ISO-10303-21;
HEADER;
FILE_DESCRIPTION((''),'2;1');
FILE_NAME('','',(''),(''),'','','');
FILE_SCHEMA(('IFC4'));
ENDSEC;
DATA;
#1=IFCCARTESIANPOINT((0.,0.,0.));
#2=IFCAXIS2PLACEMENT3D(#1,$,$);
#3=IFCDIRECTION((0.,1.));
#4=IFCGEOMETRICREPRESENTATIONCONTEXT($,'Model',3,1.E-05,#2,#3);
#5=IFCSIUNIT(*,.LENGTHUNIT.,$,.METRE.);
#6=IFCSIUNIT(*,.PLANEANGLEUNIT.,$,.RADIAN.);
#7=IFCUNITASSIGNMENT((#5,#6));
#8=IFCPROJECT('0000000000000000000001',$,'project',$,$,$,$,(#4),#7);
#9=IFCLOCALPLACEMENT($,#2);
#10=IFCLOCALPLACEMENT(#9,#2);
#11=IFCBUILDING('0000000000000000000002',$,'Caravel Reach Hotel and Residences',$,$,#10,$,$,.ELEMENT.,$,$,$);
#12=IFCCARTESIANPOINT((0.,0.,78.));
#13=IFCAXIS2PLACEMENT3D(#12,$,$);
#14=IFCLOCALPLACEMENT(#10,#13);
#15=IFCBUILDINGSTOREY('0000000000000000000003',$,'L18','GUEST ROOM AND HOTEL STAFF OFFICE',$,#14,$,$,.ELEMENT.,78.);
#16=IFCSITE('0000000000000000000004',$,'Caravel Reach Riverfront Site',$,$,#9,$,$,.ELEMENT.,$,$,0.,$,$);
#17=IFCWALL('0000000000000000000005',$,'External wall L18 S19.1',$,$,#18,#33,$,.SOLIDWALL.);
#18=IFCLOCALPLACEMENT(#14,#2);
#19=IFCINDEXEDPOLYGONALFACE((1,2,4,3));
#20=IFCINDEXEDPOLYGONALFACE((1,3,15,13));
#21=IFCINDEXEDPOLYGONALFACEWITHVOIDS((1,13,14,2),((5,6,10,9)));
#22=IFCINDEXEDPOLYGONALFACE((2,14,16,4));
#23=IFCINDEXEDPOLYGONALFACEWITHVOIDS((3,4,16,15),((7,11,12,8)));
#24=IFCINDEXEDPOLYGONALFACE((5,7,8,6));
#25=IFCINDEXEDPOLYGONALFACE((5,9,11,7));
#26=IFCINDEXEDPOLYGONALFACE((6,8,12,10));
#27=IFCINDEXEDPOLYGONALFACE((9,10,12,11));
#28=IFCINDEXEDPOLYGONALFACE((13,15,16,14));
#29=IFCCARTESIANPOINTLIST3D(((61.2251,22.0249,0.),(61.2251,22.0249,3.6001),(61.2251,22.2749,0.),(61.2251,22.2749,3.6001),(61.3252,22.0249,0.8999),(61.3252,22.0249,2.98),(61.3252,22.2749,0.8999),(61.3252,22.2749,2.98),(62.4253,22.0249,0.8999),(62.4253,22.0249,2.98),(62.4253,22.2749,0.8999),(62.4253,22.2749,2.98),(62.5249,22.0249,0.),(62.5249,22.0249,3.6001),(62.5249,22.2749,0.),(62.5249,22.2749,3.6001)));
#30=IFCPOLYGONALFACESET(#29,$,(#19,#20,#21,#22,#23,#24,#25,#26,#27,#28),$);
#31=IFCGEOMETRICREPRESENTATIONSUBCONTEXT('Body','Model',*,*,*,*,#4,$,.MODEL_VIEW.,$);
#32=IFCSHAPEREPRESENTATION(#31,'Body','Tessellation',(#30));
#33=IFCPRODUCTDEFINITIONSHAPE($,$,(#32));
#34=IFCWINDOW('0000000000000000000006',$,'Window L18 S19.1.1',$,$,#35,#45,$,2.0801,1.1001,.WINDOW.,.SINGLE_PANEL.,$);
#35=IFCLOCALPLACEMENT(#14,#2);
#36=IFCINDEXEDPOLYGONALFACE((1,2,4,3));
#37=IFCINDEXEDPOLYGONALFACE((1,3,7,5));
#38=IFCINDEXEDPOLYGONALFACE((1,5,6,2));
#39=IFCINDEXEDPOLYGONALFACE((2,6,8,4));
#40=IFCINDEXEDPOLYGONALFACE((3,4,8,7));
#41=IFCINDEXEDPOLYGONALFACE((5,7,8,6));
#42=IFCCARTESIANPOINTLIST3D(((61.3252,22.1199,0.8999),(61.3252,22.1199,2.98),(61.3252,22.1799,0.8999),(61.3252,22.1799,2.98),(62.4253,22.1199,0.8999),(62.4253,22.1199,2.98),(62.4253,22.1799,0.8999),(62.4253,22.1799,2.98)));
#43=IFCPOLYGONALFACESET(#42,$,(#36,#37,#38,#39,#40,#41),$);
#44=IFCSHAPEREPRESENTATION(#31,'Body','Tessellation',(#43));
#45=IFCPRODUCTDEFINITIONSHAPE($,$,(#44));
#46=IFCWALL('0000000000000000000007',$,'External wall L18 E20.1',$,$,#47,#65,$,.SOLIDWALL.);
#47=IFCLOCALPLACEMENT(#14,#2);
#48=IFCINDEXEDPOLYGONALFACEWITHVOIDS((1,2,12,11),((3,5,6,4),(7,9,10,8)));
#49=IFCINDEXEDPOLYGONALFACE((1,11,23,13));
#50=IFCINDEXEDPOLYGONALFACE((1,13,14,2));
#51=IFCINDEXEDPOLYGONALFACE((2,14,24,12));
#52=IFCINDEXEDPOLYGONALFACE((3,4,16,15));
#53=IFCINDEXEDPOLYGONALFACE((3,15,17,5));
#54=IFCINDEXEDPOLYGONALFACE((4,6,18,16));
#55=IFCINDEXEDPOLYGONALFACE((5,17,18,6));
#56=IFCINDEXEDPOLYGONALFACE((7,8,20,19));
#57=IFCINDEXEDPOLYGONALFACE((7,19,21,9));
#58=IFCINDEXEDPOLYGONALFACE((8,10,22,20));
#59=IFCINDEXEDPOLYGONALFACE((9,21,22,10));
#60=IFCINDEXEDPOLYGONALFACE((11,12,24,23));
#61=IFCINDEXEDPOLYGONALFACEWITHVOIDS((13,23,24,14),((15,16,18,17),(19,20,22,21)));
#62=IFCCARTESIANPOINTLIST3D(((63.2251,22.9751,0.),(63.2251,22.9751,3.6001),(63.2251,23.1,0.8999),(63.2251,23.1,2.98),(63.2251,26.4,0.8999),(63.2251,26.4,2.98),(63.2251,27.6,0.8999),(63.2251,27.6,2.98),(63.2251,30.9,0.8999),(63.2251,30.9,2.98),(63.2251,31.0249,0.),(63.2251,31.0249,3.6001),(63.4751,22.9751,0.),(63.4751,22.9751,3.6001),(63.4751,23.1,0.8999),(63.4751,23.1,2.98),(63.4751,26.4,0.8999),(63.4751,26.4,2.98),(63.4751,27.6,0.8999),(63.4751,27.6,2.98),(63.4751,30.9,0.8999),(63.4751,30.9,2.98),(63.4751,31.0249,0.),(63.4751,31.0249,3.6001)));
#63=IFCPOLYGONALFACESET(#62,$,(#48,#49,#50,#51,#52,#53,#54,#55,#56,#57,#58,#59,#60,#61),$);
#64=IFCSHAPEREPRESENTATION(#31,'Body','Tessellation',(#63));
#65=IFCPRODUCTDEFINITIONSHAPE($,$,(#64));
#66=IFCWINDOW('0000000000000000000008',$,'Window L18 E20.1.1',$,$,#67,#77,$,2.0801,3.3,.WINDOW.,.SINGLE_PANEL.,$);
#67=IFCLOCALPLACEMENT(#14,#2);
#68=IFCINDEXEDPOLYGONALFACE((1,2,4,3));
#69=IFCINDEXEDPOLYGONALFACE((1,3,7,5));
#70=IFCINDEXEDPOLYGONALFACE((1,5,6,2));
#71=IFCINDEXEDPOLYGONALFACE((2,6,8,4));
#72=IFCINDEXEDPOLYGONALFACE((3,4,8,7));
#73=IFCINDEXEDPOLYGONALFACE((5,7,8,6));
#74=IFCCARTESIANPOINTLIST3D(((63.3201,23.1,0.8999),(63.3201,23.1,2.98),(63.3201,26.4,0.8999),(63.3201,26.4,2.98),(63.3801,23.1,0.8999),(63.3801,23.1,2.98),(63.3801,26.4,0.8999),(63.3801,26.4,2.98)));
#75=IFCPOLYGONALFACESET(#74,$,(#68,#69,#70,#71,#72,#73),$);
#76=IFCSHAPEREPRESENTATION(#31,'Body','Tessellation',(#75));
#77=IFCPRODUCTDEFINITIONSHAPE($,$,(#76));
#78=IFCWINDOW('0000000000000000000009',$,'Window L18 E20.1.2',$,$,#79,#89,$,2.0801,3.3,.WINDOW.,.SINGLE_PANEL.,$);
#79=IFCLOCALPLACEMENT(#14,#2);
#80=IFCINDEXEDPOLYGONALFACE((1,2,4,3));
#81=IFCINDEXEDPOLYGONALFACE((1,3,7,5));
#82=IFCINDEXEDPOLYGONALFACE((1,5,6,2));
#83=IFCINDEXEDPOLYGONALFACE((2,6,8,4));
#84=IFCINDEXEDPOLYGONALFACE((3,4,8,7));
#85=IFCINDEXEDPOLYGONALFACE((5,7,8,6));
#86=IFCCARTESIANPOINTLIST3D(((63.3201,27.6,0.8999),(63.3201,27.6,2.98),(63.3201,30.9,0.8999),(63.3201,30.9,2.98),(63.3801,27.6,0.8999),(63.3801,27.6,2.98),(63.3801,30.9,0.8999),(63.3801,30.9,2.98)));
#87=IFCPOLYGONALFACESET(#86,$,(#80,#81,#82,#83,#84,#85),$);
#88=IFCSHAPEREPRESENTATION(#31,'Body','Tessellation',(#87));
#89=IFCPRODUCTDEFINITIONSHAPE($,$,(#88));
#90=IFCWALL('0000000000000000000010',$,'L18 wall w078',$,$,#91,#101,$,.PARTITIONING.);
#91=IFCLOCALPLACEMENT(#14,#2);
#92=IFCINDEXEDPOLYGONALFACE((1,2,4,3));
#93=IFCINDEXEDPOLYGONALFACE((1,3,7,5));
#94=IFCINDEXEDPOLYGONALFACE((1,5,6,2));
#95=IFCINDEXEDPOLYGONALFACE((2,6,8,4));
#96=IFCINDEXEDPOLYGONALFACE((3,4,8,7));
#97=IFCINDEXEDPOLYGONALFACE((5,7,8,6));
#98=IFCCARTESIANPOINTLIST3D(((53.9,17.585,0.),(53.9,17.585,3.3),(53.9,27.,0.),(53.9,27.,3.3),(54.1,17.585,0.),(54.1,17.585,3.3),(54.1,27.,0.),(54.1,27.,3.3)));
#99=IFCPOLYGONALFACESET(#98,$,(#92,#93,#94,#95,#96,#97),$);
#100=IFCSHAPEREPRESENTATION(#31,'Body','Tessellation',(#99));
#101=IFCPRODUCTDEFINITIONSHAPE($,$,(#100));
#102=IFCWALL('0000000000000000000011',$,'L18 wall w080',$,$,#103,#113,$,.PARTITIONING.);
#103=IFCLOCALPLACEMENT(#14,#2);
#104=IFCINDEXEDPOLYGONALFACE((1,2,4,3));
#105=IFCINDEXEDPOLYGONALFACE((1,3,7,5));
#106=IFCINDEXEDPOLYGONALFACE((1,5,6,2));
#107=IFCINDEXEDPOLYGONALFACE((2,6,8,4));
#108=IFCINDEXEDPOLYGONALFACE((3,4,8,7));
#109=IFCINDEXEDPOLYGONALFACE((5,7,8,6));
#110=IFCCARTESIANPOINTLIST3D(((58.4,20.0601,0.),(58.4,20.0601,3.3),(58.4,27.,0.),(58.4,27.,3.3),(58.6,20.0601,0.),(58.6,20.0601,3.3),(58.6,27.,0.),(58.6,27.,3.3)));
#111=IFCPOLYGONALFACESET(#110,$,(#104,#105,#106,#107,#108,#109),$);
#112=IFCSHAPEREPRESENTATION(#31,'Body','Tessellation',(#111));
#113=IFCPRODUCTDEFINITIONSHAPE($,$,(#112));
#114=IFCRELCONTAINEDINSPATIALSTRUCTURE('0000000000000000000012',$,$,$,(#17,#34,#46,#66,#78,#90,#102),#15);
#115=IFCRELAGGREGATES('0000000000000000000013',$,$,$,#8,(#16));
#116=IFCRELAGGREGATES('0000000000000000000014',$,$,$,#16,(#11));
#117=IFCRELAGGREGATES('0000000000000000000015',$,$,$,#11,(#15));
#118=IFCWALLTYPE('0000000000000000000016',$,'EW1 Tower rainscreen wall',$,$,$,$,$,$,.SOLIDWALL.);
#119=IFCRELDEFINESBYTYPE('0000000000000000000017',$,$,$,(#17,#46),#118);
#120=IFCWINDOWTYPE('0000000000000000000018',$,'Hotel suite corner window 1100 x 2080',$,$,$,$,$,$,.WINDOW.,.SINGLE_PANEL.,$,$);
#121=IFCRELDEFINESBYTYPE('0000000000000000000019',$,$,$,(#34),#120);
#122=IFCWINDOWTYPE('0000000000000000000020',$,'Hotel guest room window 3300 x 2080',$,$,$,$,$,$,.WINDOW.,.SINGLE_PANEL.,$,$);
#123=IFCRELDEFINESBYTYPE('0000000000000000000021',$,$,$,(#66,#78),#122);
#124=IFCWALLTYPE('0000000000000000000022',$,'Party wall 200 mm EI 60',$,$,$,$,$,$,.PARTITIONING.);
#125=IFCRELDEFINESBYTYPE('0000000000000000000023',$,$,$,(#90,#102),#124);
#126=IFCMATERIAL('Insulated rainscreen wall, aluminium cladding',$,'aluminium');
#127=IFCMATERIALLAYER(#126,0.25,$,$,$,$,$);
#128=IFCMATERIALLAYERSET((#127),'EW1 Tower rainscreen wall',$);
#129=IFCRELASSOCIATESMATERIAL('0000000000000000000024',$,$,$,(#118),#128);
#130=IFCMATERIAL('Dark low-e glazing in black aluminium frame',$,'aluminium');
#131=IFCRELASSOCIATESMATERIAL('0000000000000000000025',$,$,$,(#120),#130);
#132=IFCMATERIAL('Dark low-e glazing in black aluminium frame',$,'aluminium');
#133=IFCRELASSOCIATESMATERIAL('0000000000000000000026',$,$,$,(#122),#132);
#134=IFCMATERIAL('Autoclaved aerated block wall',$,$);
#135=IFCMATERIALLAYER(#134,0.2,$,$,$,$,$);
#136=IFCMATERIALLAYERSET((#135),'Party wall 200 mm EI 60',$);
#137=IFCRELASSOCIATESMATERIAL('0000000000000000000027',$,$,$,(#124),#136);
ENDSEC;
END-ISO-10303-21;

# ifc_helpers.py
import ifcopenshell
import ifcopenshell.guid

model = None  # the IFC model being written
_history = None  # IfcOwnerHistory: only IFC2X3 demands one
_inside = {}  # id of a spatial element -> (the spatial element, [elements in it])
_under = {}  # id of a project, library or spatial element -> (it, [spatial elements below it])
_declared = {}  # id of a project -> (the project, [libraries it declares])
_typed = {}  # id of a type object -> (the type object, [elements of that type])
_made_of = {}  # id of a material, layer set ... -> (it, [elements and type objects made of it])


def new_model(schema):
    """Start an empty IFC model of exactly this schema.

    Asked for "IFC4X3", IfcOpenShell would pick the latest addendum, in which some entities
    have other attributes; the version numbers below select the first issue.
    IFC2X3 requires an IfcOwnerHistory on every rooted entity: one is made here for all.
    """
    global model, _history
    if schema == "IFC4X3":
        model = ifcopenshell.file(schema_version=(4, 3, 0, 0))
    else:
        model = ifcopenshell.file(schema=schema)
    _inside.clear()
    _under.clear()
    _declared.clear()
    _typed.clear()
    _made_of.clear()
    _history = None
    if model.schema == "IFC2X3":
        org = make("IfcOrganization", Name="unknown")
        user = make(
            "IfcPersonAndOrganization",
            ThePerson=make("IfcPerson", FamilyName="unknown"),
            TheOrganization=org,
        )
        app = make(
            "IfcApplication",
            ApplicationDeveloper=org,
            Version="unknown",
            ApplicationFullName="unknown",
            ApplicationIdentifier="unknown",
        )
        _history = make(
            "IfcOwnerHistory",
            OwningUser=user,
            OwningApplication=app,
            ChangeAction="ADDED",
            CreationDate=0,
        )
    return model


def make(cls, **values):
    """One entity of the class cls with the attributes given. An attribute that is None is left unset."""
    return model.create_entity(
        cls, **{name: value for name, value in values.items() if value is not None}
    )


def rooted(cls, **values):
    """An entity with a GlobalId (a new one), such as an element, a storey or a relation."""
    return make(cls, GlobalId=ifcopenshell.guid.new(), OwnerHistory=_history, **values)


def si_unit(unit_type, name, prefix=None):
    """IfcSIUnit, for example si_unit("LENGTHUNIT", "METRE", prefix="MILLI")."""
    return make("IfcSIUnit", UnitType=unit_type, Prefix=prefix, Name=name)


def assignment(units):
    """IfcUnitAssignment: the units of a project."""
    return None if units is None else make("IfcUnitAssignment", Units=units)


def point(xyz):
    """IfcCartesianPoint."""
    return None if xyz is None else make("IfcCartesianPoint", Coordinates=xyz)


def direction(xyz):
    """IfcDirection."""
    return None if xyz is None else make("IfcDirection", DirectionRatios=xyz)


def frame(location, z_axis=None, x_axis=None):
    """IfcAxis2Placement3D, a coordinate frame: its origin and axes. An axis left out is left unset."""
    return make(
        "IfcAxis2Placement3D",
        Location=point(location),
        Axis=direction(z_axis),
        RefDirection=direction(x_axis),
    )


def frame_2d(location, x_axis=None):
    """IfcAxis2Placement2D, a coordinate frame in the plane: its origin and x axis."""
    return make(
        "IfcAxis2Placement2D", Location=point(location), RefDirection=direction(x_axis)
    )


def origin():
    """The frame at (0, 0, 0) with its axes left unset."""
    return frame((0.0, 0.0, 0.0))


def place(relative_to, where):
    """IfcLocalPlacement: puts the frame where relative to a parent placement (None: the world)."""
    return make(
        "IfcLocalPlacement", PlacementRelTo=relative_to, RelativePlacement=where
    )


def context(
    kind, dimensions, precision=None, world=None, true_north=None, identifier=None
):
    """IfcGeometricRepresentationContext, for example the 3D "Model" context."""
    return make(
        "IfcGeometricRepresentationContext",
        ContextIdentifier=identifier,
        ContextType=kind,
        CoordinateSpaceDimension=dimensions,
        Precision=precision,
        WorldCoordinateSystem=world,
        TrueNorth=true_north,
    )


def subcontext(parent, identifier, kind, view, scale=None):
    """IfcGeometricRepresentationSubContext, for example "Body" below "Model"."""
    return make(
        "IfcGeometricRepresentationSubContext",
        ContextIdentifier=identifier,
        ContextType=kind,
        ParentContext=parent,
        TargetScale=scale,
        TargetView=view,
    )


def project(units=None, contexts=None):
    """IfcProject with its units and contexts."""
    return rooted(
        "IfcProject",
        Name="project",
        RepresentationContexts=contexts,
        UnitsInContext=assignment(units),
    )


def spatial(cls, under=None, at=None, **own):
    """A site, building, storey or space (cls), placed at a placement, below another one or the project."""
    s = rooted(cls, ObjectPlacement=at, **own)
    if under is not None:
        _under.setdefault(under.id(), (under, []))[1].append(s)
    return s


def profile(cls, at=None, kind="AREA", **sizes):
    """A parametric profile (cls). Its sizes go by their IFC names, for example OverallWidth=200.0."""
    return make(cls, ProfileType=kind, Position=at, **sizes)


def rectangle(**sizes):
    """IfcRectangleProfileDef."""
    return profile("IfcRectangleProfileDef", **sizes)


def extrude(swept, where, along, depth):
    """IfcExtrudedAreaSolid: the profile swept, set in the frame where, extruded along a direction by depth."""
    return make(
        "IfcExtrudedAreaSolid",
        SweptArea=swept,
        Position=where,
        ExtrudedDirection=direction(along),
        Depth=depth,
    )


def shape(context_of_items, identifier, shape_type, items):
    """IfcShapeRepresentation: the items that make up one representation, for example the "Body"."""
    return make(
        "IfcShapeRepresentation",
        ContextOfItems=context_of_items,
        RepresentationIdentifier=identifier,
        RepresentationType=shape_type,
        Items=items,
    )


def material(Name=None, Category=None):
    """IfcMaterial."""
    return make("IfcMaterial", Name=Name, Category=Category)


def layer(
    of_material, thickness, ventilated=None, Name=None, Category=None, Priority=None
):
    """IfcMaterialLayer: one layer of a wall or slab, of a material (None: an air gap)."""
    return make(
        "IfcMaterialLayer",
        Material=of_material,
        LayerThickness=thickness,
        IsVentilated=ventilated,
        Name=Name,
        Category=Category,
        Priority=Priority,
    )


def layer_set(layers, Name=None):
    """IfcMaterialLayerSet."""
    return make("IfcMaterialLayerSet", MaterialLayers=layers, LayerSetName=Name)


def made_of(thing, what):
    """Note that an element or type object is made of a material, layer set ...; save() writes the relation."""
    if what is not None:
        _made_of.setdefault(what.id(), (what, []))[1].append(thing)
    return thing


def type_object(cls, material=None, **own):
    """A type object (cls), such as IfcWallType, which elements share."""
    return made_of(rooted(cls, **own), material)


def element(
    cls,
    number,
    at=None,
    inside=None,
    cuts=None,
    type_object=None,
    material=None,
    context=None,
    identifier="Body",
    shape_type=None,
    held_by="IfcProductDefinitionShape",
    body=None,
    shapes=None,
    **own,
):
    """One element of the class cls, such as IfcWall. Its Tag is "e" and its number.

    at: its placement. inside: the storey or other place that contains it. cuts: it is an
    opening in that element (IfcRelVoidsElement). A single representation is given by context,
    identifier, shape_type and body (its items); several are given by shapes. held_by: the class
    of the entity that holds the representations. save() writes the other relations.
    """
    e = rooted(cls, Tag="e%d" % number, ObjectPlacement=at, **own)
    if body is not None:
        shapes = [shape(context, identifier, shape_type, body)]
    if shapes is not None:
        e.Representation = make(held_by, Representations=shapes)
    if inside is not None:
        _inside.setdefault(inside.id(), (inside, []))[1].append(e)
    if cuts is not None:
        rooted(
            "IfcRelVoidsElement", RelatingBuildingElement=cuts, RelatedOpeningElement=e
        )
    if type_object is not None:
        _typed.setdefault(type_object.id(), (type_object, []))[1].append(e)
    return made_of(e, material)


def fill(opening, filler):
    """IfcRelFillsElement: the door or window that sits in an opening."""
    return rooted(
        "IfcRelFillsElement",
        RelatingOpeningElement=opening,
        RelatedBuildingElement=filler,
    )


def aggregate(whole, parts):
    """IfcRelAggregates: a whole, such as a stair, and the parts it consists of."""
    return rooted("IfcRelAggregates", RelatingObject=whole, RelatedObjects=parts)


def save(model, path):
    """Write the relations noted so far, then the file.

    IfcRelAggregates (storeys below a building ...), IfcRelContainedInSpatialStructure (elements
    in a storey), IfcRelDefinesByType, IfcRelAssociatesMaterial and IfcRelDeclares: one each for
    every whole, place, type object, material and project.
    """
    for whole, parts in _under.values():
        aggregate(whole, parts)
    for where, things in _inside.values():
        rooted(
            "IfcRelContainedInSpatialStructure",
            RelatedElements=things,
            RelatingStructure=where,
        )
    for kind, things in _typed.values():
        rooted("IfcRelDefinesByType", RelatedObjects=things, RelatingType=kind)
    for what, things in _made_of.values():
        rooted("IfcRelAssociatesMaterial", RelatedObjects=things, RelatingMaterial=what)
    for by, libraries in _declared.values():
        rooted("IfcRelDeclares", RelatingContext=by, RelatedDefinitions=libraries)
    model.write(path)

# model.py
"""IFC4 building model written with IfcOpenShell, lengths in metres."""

from ifc_helpers import new_model, si_unit, direction, frame, frame_2d, origin, place, context, subcontext, project, spatial, rectangle, extrude, material, layer, layer_set, type_object, element, fill, save


model = new_model("IFC4")

# Units and contexts
model_context = context("Model", 3, precision=1e-05, world=origin(), true_north=direction((0.0, 1.0)))
body_context = subcontext(model_context, "Body", "Model", "MODEL_VIEW")
ifc_project = project(units=[si_unit("LENGTHUNIT", "METRE"), si_unit("PLANEANGLEUNIT", "RADIAN")], contexts=[model_context])

# Site, building, storey
site_placement = place(None, origin())
site = spatial("IfcSite", under=ifc_project, at=site_placement, Name="Caravel Reach Riverfront Site", CompositionType="ELEMENT", RefElevation=0.0)
building_placement = place(site_placement, origin())
building = spatial("IfcBuilding", under=site, at=building_placement, Name="Caravel Reach Hotel and Residences", CompositionType="ELEMENT")
storey_placement = place(building_placement, frame((0.0, 0.0, 78.0)))
storey = spatial("IfcBuildingStorey", under=building, at=storey_placement, Name="L18", Description="GUEST ROOM AND HOTEL STAFF OFFICE", CompositionType="ELEMENT", Elevation=78.0)

# Wall, opening, window
ifc_material_1 = material(Name="Insulated rainscreen wall, aluminium cladding", Category="aluminium")
ifc_layer_1 = layer(ifc_material_1, 0.25)
ifc_layer_set_1 = layer_set([ifc_layer_1], Name="EW1 Tower rainscreen wall")
wall_type_1 = type_object("IfcWallType", Name="EW1 Tower rainscreen wall", PredefinedType="SOLIDWALL", material=ifc_layer_set_1)
ifc_material_2 = material(Name="Dark low-e glazing in black aluminium frame", Category="aluminium")
window_type_1 = type_object("IfcWindowType", Name="Hotel suite corner window 1100 x 2080", PartitioningType="SINGLE_PANEL", PredefinedType="WINDOW", material=ifc_material_2)
wall_1_placement = place(storey_placement, frame((61.2251, 22.1499, 0.0), z_axis=(0.0, 0.0, 1.0), x_axis=(1.0, 0.0, 0.0)))
wall_1 = element("IfcWall", 1, at=wall_1_placement, inside=storey, type_object=wall_type_1, Name="External wall L18 S19.1", PredefinedType="SOLIDWALL", context=body_context, shape_type="SweptSolid", body=[
    extrude(rectangle(XDim=1.2998, YDim=0.25, at=frame_2d((0.6499, 0.0))), origin(), (0.0, 0.0, 1.0), 3.6001),
])
opening_1_placement = place(wall_1_placement, frame((0.1001, 0.0, 0.8999)))
opening_1 = element("IfcOpeningElement", 2, at=opening_1_placement, cuts=wall_1, PredefinedType="OPENING", context=body_context, shape_type="SweptSolid", body=[
    extrude(rectangle(XDim=1.1001, YDim=2.0801, at=frame_2d((0.55, 1.04))), frame((0.0, 0.135, 0.0), z_axis=(0.0, -1.0, 0.0), x_axis=(1.0, 0.0, 0.0)), (0.0, 0.0, 1.0), 0.27),
])
window_1_placement = place(opening_1_placement, origin())
window_1 = element("IfcWindow", 3, at=window_1_placement, inside=storey, type_object=window_type_1, Name="Window L18 S19.1.1", OverallHeight=2.0801, OverallWidth=1.1001, PartitioningType="SINGLE_PANEL", PredefinedType="WINDOW", context=body_context, shape_type="SweptSolid", body=[
    extrude(rectangle(XDim=1.1001, YDim=2.0801, at=frame_2d((0.55, 1.04))), frame((0.0, 0.03, 0.0), z_axis=(0.0, -1.0, 0.0), x_axis=(1.0, 0.0, 0.0)), (0.0, 0.0, 1.0), 0.0601),
])
fill(opening_1, window_1)

# Wall, openings, windows
wall_2_placement = place(storey_placement, frame((63.3501, 22.9751, 0.0), z_axis=(0.0, 0.0, 1.0), x_axis=(0.0, 1.0, 0.0)))
wall_2 = element("IfcWall", 4, at=wall_2_placement, inside=storey, type_object=wall_type_1, Name="External wall L18 E20.1", PredefinedType="SOLIDWALL", context=body_context, shape_type="SweptSolid", body=[
    extrude(rectangle(XDim=8.0498, YDim=0.25, at=frame_2d((4.0249, 0.0))), origin(), (0.0, 0.0, 1.0), 3.6001),
])
opening_2_placement = place(wall_2_placement, frame((0.125, 0.0, 0.8999)))
opening_2 = element("IfcOpeningElement", 5, at=opening_2_placement, cuts=wall_2, PredefinedType="OPENING", context=body_context, shape_type="SweptSolid", body=[
    extrude(rectangle(XDim=3.3, YDim=2.0801, at=frame_2d((1.6499, 1.04))), frame((0.0, 0.135, 0.0), z_axis=(0.0, -1.0, 0.0), x_axis=(1.0, 0.0, 0.0)), (0.0, 0.0, 1.0), 0.27),
])
opening_3_placement = place(wall_2_placement, frame((4.625, 0.0, 0.8999)))
opening_3 = element("IfcOpeningElement", 6, at=opening_3_placement, cuts=wall_2, PredefinedType="OPENING", context=body_context, shape_type="SweptSolid", body=[
    extrude(rectangle(XDim=3.3, YDim=2.0801, at=frame_2d((1.6499, 1.04))), frame((0.0, 0.135, 0.0), z_axis=(0.0, -1.0, 0.0), x_axis=(1.0, 0.0, 0.0)), (0.0, 0.0, 1.0), 0.27),
])
ifc_material_3 = material(Name="Dark low-e glazing in black aluminium frame", Category="aluminium")
window_type_2 = type_object("IfcWindowType", Name="Hotel guest room window 3300 x 2080", PartitioningType="SINGLE_PANEL", PredefinedType="WINDOW", material=ifc_material_3)
window_2_placement = place(opening_2_placement, origin())
window_2 = element("IfcWindow", 7, at=window_2_placement, inside=storey, type_object=window_type_2, Name="Window L18 E20.1.1", OverallHeight=2.0801, OverallWidth=3.3, PartitioningType="SINGLE_PANEL", PredefinedType="WINDOW", context=body_context, shape_type="SweptSolid", body=[
    extrude(rectangle(XDim=3.3, YDim=2.0801, at=frame_2d((1.6499, 1.04))), frame((0.0, 0.03, 0.0), z_axis=(0.0, -1.0, 0.0), x_axis=(1.0, 0.0, 0.0)), (0.0, 0.0, 1.0), 0.0601),
])
fill(opening_2, window_2)
window_3_placement = place(opening_3_placement, origin())
window_3 = element("IfcWindow", 8, at=window_3_placement, inside=storey, type_object=window_type_2, Name="Window L18 E20.1.2", OverallHeight=2.0801, OverallWidth=3.3, PartitioningType="SINGLE_PANEL", PredefinedType="WINDOW", context=body_context, shape_type="SweptSolid", body=[
    extrude(rectangle(XDim=3.3, YDim=2.0801, at=frame_2d((1.6499, 1.04))), frame((0.0, 0.03, 0.0), z_axis=(0.0, -1.0, 0.0), x_axis=(1.0, 0.0, 0.0)), (0.0, 0.0, 1.0), 0.0601),
])
fill(opening_3, window_3)

# Walls
ifc_material_4 = material(Name="Autoclaved aerated block wall")
ifc_layer_2 = layer(ifc_material_4, 0.2)
ifc_layer_set_2 = layer_set([ifc_layer_2], Name="Party wall 200 mm EI 60")
wall_type_2 = type_object("IfcWallType", Name="Party wall 200 mm EI 60", PredefinedType="PARTITIONING", material=ifc_layer_set_2)
wall_3_placement = place(storey_placement, frame((54.0, 17.585, 0.0), z_axis=(0.0, 0.0, 1.0), x_axis=(0.0, 1.0, 0.0)))
element("IfcWall", 9, at=wall_3_placement, inside=storey, type_object=wall_type_2, Name="L18 wall w078", PredefinedType="PARTITIONING", context=body_context, shape_type="SweptSolid", body=[
    extrude(rectangle(XDim=9.415, YDim=0.2, at=frame_2d((4.7075, 0.0))), origin(), (0.0, 0.0, 1.0), 3.3),
])
wall_4_placement = place(storey_placement, frame((58.5, 20.0601, 0.0), z_axis=(0.0, 0.0, 1.0), x_axis=(0.0, 1.0, 0.0)))
element("IfcWall", 10, at=wall_4_placement, inside=storey, type_object=wall_type_2, Name="L18 wall w080", PredefinedType="PARTITIONING", context=body_context, shape_type="SweptSolid", body=[
    extrude(rectangle(XDim=6.9399, YDim=0.2, at=frame_2d((3.47, 0.0))), origin(), (0.0, 0.0, 1.0), 3.3),
])

save(model, "model.ifc")
